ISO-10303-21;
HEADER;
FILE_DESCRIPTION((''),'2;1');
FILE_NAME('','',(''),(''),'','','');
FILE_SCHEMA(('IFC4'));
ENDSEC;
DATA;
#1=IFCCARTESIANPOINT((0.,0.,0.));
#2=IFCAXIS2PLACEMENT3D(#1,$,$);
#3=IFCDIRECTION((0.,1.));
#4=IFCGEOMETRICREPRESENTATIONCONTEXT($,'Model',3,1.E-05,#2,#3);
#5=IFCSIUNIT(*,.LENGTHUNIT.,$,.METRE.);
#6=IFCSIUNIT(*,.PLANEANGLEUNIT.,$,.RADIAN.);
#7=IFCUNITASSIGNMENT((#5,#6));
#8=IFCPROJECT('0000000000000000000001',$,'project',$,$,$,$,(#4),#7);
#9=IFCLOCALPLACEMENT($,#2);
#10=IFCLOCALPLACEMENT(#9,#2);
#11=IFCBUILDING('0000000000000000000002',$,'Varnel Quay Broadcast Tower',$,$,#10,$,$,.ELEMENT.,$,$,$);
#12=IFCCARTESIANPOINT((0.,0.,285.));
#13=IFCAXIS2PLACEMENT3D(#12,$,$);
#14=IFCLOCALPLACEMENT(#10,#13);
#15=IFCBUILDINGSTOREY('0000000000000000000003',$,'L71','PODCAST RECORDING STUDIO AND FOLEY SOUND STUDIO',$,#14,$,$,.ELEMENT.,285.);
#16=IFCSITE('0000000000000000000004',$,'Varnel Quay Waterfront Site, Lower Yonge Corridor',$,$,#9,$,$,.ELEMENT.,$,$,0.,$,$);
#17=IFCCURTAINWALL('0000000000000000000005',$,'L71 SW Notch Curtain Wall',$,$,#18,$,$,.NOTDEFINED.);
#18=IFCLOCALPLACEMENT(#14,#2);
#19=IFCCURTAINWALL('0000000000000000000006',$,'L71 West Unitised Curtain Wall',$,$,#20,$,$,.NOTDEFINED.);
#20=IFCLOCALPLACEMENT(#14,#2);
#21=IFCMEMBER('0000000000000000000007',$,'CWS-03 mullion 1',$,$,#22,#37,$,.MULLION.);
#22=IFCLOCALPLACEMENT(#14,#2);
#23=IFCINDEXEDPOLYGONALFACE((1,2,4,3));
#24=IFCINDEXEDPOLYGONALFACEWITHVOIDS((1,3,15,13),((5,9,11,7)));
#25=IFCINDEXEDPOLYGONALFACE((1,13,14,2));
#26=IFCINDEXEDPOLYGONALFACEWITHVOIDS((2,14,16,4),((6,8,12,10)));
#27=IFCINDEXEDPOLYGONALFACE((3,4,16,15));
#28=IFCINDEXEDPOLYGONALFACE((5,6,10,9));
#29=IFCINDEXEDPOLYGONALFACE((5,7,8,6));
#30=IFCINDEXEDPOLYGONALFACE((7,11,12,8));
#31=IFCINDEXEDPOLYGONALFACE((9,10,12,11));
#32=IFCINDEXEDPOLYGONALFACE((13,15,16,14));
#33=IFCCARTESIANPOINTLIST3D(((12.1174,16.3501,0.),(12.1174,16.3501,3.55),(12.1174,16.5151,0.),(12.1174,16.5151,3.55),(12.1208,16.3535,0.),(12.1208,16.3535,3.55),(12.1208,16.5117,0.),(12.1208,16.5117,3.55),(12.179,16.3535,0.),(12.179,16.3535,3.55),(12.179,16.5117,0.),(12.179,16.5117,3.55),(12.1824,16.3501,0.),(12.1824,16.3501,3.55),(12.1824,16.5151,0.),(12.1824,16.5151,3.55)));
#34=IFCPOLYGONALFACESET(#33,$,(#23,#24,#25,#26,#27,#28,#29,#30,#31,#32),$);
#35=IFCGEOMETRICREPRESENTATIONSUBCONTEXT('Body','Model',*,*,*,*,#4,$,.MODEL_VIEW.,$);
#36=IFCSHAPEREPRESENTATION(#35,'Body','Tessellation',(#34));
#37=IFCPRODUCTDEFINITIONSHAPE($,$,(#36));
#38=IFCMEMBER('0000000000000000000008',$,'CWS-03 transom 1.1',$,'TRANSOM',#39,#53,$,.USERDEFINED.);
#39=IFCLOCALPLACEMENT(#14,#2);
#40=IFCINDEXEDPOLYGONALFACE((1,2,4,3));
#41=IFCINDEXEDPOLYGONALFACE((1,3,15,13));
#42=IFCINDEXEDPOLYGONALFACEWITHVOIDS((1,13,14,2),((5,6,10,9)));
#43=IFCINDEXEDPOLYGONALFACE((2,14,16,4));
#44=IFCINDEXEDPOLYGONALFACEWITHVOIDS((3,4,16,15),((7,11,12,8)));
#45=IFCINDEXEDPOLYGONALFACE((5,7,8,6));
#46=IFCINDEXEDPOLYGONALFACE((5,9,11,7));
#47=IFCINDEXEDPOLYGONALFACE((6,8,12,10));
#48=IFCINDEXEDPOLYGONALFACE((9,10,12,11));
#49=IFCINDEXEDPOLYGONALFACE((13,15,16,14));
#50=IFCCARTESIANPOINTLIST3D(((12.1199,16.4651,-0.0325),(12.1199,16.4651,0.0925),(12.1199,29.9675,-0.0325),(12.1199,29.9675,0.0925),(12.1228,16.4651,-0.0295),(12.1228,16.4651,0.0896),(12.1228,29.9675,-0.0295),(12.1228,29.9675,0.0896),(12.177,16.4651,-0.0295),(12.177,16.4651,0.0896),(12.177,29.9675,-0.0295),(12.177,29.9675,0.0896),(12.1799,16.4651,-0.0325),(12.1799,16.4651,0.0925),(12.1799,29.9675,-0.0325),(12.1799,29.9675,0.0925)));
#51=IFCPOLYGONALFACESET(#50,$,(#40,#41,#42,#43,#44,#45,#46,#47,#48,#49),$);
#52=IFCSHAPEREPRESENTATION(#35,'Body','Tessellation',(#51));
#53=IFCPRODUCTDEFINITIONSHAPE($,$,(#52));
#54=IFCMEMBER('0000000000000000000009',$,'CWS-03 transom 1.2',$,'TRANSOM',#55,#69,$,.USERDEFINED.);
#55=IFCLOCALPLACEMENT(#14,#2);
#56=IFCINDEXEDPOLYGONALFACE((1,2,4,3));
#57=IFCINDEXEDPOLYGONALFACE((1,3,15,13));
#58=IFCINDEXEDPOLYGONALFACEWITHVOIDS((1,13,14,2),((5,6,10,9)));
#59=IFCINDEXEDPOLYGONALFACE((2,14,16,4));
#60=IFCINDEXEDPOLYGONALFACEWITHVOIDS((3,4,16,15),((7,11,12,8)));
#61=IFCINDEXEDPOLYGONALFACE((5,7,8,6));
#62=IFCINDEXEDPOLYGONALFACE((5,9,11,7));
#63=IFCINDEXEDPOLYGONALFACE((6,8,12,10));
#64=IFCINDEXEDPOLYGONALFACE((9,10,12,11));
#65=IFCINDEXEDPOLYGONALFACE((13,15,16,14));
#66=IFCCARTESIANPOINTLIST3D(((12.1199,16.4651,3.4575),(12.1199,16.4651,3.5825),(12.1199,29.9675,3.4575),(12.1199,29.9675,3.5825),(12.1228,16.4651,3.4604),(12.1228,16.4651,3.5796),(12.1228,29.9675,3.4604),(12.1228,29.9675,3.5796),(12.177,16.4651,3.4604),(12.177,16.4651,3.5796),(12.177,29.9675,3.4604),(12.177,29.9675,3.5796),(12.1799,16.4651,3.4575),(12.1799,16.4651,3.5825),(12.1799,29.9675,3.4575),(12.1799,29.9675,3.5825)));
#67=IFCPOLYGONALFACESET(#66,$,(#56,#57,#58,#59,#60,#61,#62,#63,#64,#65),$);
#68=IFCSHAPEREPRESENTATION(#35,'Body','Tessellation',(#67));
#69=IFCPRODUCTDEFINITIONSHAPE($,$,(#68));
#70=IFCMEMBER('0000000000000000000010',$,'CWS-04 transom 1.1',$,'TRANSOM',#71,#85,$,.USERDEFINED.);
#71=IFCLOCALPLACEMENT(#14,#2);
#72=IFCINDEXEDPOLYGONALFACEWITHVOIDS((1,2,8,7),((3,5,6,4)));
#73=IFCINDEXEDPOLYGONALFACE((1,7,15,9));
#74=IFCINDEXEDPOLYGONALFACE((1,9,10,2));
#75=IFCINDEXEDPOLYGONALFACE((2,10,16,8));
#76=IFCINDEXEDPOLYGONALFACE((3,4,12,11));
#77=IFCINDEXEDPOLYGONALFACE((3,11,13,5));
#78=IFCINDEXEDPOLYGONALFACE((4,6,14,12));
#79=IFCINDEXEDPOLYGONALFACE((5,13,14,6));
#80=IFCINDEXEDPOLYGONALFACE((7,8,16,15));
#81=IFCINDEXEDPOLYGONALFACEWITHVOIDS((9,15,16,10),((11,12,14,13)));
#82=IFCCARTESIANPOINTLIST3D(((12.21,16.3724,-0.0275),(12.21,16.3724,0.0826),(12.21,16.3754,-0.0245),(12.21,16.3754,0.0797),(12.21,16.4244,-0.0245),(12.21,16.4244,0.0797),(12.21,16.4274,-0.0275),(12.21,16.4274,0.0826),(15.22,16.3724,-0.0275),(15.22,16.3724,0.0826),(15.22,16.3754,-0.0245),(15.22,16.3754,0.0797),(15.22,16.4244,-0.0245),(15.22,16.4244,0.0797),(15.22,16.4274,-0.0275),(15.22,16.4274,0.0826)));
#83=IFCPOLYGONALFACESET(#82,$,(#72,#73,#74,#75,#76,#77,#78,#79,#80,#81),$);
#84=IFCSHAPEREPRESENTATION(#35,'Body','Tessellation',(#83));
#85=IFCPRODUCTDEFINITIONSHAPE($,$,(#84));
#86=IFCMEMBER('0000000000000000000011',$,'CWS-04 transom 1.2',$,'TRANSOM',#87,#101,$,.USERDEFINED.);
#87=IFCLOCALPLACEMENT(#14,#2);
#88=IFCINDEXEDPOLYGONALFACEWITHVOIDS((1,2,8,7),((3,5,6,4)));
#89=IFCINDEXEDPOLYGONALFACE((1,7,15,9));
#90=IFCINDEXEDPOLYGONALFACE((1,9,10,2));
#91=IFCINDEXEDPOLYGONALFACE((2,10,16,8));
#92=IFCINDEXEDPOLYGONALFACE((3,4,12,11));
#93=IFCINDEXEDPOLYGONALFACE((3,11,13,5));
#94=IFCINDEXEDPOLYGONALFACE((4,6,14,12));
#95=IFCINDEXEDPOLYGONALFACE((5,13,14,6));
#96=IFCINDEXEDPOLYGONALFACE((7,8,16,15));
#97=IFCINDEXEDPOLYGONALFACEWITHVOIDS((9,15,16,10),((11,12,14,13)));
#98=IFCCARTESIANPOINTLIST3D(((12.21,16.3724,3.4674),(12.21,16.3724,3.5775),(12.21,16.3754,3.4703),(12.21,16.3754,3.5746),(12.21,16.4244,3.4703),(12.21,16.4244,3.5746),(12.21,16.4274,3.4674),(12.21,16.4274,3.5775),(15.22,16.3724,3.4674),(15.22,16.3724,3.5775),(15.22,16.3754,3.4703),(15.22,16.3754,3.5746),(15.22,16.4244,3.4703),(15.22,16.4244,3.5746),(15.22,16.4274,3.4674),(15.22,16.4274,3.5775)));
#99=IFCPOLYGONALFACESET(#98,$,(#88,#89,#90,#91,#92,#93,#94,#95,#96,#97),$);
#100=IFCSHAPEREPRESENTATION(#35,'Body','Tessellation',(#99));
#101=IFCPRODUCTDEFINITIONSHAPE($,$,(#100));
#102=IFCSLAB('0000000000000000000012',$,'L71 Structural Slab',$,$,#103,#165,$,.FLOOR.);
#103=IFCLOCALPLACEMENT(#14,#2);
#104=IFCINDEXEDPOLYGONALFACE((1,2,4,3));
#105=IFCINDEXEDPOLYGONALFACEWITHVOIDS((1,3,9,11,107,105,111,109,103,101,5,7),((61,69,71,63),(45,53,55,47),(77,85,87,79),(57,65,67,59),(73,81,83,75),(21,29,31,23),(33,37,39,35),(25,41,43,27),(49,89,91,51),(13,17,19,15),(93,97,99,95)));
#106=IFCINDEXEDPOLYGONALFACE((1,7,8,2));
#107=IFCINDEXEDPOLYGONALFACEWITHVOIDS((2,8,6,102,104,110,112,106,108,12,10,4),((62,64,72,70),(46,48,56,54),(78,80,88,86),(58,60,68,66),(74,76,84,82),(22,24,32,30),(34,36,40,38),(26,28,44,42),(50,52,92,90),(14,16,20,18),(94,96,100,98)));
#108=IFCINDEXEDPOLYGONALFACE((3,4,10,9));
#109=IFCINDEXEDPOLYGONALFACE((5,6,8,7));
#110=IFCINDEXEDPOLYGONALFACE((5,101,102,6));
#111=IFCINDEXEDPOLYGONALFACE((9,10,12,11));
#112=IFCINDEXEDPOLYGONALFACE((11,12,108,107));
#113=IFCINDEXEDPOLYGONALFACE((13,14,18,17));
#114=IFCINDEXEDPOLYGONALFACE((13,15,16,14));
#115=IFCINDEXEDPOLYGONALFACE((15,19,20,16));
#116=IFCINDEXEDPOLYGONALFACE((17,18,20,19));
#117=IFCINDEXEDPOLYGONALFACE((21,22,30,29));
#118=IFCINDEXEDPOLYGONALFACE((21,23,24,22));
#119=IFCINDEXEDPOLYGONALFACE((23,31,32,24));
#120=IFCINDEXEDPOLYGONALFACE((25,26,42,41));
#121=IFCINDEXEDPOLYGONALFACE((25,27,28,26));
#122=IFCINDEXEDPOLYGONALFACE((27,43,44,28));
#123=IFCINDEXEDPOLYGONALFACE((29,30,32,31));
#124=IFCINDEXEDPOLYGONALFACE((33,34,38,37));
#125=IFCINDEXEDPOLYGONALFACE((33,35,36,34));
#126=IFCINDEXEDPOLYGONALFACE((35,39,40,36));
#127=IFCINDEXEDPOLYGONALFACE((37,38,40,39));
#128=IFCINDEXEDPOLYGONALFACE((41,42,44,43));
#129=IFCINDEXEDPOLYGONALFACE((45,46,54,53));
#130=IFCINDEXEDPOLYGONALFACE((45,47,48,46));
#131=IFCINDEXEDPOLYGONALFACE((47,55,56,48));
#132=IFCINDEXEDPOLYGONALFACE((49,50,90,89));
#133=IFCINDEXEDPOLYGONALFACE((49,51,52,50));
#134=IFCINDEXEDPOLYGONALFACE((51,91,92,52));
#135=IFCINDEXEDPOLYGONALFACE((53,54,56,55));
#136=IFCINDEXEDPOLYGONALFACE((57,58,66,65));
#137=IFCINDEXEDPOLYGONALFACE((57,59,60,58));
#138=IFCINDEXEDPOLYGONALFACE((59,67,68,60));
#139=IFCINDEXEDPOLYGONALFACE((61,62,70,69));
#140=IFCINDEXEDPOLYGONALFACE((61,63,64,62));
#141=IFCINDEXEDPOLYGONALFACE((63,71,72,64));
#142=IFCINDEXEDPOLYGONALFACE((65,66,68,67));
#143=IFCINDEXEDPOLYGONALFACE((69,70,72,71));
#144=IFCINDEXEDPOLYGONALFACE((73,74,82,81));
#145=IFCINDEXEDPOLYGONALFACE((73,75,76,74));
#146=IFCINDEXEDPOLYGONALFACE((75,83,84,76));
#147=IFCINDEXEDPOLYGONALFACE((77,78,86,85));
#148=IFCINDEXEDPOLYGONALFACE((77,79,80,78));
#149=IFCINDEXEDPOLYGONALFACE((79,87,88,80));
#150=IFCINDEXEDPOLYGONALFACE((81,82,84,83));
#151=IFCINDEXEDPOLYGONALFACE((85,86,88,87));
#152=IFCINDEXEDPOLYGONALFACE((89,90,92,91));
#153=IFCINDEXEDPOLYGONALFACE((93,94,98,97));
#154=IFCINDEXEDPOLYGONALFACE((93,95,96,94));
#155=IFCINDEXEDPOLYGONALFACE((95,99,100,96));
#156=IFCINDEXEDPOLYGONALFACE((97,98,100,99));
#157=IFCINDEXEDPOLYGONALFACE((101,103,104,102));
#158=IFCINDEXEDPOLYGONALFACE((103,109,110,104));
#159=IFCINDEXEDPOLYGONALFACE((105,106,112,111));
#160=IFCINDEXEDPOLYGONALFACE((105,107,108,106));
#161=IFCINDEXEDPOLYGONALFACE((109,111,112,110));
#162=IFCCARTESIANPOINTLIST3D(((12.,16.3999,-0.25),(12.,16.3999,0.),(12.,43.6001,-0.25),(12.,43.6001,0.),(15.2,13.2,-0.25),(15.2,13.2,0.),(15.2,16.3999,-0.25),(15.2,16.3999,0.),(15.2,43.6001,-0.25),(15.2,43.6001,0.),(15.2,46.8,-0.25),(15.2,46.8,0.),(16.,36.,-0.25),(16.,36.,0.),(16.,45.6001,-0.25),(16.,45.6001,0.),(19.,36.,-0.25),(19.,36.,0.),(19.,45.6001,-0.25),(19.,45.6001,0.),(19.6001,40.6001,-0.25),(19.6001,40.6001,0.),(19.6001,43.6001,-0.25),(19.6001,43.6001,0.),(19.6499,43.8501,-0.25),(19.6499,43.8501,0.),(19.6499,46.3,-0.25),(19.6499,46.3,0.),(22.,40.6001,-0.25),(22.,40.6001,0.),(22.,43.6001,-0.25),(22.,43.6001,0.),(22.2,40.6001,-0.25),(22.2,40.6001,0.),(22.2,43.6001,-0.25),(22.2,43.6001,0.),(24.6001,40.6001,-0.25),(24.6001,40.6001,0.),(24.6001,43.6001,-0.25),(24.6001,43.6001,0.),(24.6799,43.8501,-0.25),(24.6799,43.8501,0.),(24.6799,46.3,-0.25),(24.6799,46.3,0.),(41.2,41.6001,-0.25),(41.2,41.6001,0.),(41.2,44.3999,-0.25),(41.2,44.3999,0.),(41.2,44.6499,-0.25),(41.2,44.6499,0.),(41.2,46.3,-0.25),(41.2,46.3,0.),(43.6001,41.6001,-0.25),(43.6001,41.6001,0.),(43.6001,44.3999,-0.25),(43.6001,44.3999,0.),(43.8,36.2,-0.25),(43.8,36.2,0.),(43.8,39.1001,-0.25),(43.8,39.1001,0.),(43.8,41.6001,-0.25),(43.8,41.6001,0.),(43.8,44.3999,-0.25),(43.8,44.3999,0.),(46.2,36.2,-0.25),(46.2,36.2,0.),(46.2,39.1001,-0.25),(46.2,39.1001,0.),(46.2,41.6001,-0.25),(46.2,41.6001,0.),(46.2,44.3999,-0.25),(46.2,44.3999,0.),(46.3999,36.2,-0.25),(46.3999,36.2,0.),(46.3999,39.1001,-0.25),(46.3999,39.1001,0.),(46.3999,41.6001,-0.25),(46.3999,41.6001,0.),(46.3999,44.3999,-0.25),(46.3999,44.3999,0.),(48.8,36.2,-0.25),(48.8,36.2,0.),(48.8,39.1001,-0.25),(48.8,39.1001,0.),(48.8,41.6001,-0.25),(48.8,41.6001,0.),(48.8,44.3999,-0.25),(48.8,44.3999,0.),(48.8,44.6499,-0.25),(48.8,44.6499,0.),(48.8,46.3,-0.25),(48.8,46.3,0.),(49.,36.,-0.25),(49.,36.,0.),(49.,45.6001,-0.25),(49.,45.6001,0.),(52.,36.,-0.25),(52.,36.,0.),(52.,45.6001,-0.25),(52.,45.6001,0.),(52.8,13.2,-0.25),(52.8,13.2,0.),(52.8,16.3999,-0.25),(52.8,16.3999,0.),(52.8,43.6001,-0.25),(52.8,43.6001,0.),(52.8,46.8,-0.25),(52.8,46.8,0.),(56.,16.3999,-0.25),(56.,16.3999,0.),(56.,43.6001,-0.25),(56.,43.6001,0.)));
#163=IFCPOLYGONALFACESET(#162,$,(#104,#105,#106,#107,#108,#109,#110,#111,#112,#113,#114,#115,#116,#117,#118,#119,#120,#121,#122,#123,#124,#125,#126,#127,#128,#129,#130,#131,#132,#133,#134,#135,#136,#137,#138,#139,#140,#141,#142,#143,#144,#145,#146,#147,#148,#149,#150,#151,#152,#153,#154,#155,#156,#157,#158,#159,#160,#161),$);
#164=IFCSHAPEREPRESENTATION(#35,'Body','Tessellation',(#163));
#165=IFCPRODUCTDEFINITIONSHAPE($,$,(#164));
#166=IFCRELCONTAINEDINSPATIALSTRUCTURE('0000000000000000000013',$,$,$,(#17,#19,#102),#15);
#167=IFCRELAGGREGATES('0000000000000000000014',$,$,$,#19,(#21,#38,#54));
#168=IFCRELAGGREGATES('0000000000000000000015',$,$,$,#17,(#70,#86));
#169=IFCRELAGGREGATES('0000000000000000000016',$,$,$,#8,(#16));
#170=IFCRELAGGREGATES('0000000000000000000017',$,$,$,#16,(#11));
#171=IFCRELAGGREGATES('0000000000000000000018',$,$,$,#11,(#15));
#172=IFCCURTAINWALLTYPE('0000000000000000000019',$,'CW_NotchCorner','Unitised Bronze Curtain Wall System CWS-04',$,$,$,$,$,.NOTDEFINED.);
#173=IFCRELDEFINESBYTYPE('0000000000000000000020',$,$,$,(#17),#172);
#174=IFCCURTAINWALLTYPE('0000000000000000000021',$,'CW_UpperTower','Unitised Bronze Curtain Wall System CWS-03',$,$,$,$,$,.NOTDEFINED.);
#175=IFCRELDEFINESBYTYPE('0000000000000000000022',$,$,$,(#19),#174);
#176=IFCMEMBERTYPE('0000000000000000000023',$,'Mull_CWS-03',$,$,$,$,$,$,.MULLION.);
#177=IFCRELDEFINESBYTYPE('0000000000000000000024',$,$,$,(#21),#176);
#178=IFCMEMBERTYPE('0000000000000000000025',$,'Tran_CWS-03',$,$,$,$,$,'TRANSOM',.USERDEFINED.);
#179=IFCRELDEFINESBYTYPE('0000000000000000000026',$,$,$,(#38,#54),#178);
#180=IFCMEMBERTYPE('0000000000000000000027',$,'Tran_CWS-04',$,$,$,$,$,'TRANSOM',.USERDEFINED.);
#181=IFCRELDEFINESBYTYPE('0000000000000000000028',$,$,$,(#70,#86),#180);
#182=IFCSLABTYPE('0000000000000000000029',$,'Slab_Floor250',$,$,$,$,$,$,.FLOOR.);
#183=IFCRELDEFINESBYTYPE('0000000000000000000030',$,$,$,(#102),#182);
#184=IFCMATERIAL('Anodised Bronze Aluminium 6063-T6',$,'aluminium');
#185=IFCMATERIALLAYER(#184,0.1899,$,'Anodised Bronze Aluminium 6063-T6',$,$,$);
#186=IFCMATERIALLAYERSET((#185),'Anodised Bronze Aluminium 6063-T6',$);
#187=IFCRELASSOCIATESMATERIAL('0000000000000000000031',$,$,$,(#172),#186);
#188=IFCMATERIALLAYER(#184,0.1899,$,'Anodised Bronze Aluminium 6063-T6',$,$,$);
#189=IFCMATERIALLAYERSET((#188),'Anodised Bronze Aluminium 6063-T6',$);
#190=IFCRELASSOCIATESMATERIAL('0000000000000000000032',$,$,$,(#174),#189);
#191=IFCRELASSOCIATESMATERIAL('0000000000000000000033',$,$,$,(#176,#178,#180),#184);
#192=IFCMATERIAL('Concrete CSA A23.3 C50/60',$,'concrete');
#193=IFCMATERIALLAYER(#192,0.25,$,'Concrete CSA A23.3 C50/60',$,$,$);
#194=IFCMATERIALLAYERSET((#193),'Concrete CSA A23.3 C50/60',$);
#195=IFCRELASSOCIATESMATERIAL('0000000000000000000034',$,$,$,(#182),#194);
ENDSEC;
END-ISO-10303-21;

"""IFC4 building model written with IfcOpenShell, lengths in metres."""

from ifc_helpers import new_model, si_unit, direction, frame, origin, origin_2d, place, context, subcontext, project, spatial, polyline, hollow_rectangle, outline, extrude, source, transform, mapped, material, layer, layer_set, material_profile, profile_set, type_object, type_shapes, element, aggregate, save


model = new_model("IFC4")

# Units and contexts
model_context = context("Model", 3, precision=1e-05, world=origin(), true_north=direction((0.0, 1.0)))
body_context = subcontext(model_context, "Body", "Model", "MODEL_VIEW")
ifc_project = project(units=[si_unit("LENGTHUNIT", "METRE"), si_unit("PLANEANGLEUNIT", "RADIAN")], contexts=[model_context])

# Site, building, storey
site_placement = place(None, origin())
site = spatial("IfcSite", under=ifc_project, at=site_placement, Name="Varnel Quay Waterfront Site, Lower Yonge Corridor", CompositionType="ELEMENT", RefElevation=0.0)
building_placement = place(site_placement, origin())
building = spatial("IfcBuilding", under=site, at=building_placement, Name="Varnel Quay Broadcast Tower", CompositionType="ELEMENT")
storey_placement = place(building_placement, frame((0.0, 0.0, 285.0)))
storey = spatial("IfcBuildingStorey", under=building, at=storey_placement, Name="L71", Description="PODCAST RECORDING STUDIO AND FOLEY SOUND STUDIO", CompositionType="ELEMENT", Elevation=285.0)

# Curtain wall
ifc_material_1 = material(Name="Anodised Bronze Aluminium 6063-T6", Category="aluminium")
ifc_layer_1 = layer(ifc_material_1, 0.1899, Name="Anodised Bronze Aluminium 6063-T6")
ifc_layer_set_1 = layer_set([ifc_layer_1], Name="Anodised Bronze Aluminium 6063-T6")
curtain_wall_type_1 = type_object("IfcCurtainWallType", Name="CW_NotchCorner", Description="Unitised Bronze Curtain Wall System CWS-04", PredefinedType="NOTDEFINED", material=ifc_layer_set_1)
curtain_wall_1_placement = place(storey_placement, origin())
curtain_wall_1 = element("IfcCurtainWall", 1, at=curtain_wall_1_placement, inside=storey, type_object=curtain_wall_type_1, Name="L71 SW Notch Curtain Wall", PredefinedType="NOTDEFINED")

# Curtain wall, members
ifc_layer_2 = layer(ifc_material_1, 0.1899, Name="Anodised Bronze Aluminium 6063-T6")
ifc_layer_set_2 = layer_set([ifc_layer_2], Name="Anodised Bronze Aluminium 6063-T6")
curtain_wall_type_2 = type_object("IfcCurtainWallType", Name="CW_UpperTower", Description="Unitised Bronze Curtain Wall System CWS-03", PredefinedType="NOTDEFINED", material=ifc_layer_set_2)
curtain_wall_2_placement = place(storey_placement, origin())
curtain_wall_2 = element("IfcCurtainWall", 2, at=curtain_wall_2_placement, inside=storey, type_object=curtain_wall_type_2, Name="L71 West Unitised Curtain Wall", PredefinedType="NOTDEFINED")
ifc_material_profile_1 = material_profile(ifc_material_1, hollow_rectangle(XDim=0.0649, YDim=0.165, WallThickness=0.0034, at=origin_2d()), Name="ALU65X165X3.5")
ifc_profile_set_1 = profile_set([ifc_material_profile_1], Name="Anodised Bronze Aluminium 6063-T6")
member_type_1 = type_object("IfcMemberType", Name="Mull_CWS-03", PredefinedType="MULLION", material=ifc_profile_set_1)
shared_shape_1 = source(origin(), body_context, "Body", "SweptSolid", [
    extrude(hollow_rectangle(XDim=0.0649, YDim=0.165, WallThickness=0.0034, at=origin_2d()), origin(), (0.0, 0.0, 1.0), 3.55),
])
type_shapes(member_type_1, [shared_shape_1])
member_1_placement = place(storey_placement, frame((12.1499, 16.4326, 0.0), z_axis=(0.0, 0.0, 1.0), x_axis=(-1.0, 0.0, 0.0)))
member_1 = element("IfcMember", 3, at=member_1_placement, type_object=member_type_1, Name="CWS-03 mullion 1", PredefinedType="MULLION", context=body_context, shape_type="MappedRepresentation", body=[
    mapped(shared_shape_1, transform((0.0, 0.0, 0.0), x_axis=(1.0, 0.0, 0.0), y_axis=(0.0, 1.0, 0.0), z_axis=(0.0, 0.0, 1.0), scale=1.0)),
])
ifc_material_profile_2 = material_profile(ifc_material_1, hollow_rectangle(XDim=0.0601, YDim=0.125, WallThickness=0.0029, at=origin_2d()), Name="ALU60X125X3")
ifc_profile_set_2 = profile_set([ifc_material_profile_2], Name="Anodised Bronze Aluminium 6063-T6")
member_type_2 = type_object("IfcMemberType", Name="Tran_CWS-03", ElementType="TRANSOM", PredefinedType="USERDEFINED", material=ifc_profile_set_2)
shared_shape_2 = source(origin(), body_context, "Body", "SweptSolid", [
    extrude(hollow_rectangle(XDim=0.0601, YDim=0.125, WallThickness=0.0029, at=origin_2d()), origin(), (0.0, 0.0, 1.0), 13.5024),
])
type_shapes(member_type_2, [shared_shape_2])
member_2_placement = place(storey_placement, frame((12.1499, 16.4651, 0.03), z_axis=(0.0, 1.0, 0.0), x_axis=(-1.0, 0.0, 0.0)))
member_2 = element("IfcMember", 4, at=member_2_placement, type_object=member_type_2, Name="CWS-03 transom 1.1", ObjectType="TRANSOM", PredefinedType="USERDEFINED", context=body_context, shape_type="MappedRepresentation", body=[
    mapped(shared_shape_2, transform((0.0, 0.0, 0.0), x_axis=(1.0, 0.0, 0.0), y_axis=(0.0, 1.0, 0.0), z_axis=(0.0, 0.0, 1.0), scale=1.0)),
])
member_3_placement = place(storey_placement, frame((12.1499, 16.4651, 3.52), z_axis=(0.0, 1.0, 0.0), x_axis=(-1.0, 0.0, 0.0)))
member_3 = element("IfcMember", 5, at=member_3_placement, type_object=member_type_2, Name="CWS-03 transom 1.2", ObjectType="TRANSOM", PredefinedType="USERDEFINED", context=body_context, shape_type="MappedRepresentation", body=[
    mapped(shared_shape_2, transform((0.0, 0.0, 0.0), x_axis=(1.0, 0.0, 0.0), y_axis=(0.0, 1.0, 0.0), z_axis=(0.0, 0.0, 1.0), scale=1.0)),
])

# Members
ifc_material_profile_3 = material_profile(ifc_material_1, hollow_rectangle(XDim=0.0549, YDim=0.1101, WallThickness=0.0029, at=origin_2d()), Name="ALU55X110X3")
ifc_profile_set_3 = profile_set([ifc_material_profile_3], Name="Anodised Bronze Aluminium 6063-T6")
member_type_3 = type_object("IfcMemberType", Name="Tran_CWS-04", ElementType="TRANSOM", PredefinedType="USERDEFINED", material=ifc_profile_set_3)
shared_shape_3 = source(origin(), body_context, "Body", "SweptSolid", [
    extrude(hollow_rectangle(XDim=0.0549, YDim=0.1101, WallThickness=0.0029, at=origin_2d()), origin(), (0.0, 0.0, 1.0), 3.01),
])
type_shapes(member_type_3, [shared_shape_3])
member_4_placement = place(storey_placement, frame((12.21, 16.3999, 0.0276), z_axis=(1.0, 0.0, 0.0), x_axis=(0.0, 1.0, 0.0)))
member_4 = element("IfcMember", 6, at=member_4_placement, type_object=member_type_3, Name="CWS-04 transom 1.1", ObjectType="TRANSOM", PredefinedType="USERDEFINED", context=body_context, shape_type="MappedRepresentation", body=[
    mapped(shared_shape_3, transform((0.0, 0.0, 0.0), x_axis=(1.0, 0.0, 0.0), y_axis=(0.0, 1.0, 0.0), z_axis=(0.0, 0.0, 1.0), scale=1.0)),
])
member_5_placement = place(storey_placement, frame((12.21, 16.3999, 3.5225), z_axis=(1.0, 0.0, 0.0), x_axis=(0.0, 1.0, 0.0)))
member_5 = element("IfcMember", 7, at=member_5_placement, type_object=member_type_3, Name="CWS-04 transom 1.2", ObjectType="TRANSOM", PredefinedType="USERDEFINED", context=body_context, shape_type="MappedRepresentation", body=[
    mapped(shared_shape_3, transform((0.0, 0.0, 0.0), x_axis=(1.0, 0.0, 0.0), y_axis=(0.0, 1.0, 0.0), z_axis=(0.0, 0.0, 1.0), scale=1.0)),
])

# Slab
ifc_material_2 = material(Name="Concrete CSA A23.3 C50/60", Category="concrete")
ifc_layer_3 = layer(ifc_material_2, 0.25, Name="Concrete CSA A23.3 C50/60")
ifc_layer_set_3 = layer_set([ifc_layer_3], Name="Concrete CSA A23.3 C50/60")
slab_type_1 = type_object("IfcSlabType", Name="Slab_Floor250", PredefinedType="FLOOR", material=ifc_layer_set_3)
slab_1_placement = place(storey_placement, frame((0.0, 0.0, -0.25)))
element("IfcSlab", 8, at=slab_1_placement, inside=storey, type_object=slab_type_1, Name="L71 Structural Slab", PredefinedType="FLOOR", context=body_context, shape_type="SweptSolid", body=[
    extrude(outline(polyline([(15.2, 13.2), (52.8, 13.2), (52.8, 16.3999), (56.0, 16.3999), (56.0, 43.6001), (52.8, 43.6001), (52.8, 46.8), (15.2, 46.8), (15.2, 43.6001), (12.0, 43.6001), (12.0, 16.3999), (15.2, 16.3999), (15.2, 13.2)]), holes=[polyline([(19.0, 36.0), (16.0, 36.0), (16.0, 45.6001), (19.0, 45.6001), (19.0, 36.0)]), polyline([(19.6001, 40.6001), (19.6001, 43.6001), (22.0, 43.6001), (22.0, 40.6001), (19.6001, 40.6001)]), polyline([(22.2, 40.6001), (22.2, 43.6001), (24.6001, 43.6001), (24.6001, 40.6001), (22.2, 40.6001)]), polyline([(41.2, 44.3999), (43.6001, 44.3999), (43.6001, 41.6001), (41.2, 41.6001), (41.2, 44.3999)]), polyline([(43.8, 44.3999), (46.2, 44.3999), (46.2, 41.6001), (43.8, 41.6001), (43.8, 44.3999)]), polyline([(19.6499, 43.8501), (19.6499, 46.3), (24.6799, 46.3), (24.6799, 43.8501), (19.6499, 43.8501)]), polyline([(43.8, 39.1001), (46.2, 39.1001), (46.2, 36.2), (43.8, 36.2), (43.8, 39.1001)]), polyline([(46.3999, 39.1001), (48.8, 39.1001), (48.8, 36.2), (46.3999, 36.2), (46.3999, 39.1001)]), polyline([(52.0, 36.0), (49.0, 36.0), (49.0, 45.6001), (52.0, 45.6001), (52.0, 36.0)]), polyline([(46.3999, 44.3999), (48.8, 44.3999), (48.8, 41.6001), (46.3999, 41.6001), (46.3999, 44.3999)]), polyline([(41.2, 46.3), (48.8, 46.3), (48.8, 44.6499), (41.2, 44.6499), (41.2, 46.3)])]), origin(), (0.0, 0.0, 1.0), 0.25),
])

aggregate(curtain_wall_2, [member_1, member_2, member_3])
aggregate(curtain_wall_1, [member_4, member_5])

save(model, "model.ifc")
